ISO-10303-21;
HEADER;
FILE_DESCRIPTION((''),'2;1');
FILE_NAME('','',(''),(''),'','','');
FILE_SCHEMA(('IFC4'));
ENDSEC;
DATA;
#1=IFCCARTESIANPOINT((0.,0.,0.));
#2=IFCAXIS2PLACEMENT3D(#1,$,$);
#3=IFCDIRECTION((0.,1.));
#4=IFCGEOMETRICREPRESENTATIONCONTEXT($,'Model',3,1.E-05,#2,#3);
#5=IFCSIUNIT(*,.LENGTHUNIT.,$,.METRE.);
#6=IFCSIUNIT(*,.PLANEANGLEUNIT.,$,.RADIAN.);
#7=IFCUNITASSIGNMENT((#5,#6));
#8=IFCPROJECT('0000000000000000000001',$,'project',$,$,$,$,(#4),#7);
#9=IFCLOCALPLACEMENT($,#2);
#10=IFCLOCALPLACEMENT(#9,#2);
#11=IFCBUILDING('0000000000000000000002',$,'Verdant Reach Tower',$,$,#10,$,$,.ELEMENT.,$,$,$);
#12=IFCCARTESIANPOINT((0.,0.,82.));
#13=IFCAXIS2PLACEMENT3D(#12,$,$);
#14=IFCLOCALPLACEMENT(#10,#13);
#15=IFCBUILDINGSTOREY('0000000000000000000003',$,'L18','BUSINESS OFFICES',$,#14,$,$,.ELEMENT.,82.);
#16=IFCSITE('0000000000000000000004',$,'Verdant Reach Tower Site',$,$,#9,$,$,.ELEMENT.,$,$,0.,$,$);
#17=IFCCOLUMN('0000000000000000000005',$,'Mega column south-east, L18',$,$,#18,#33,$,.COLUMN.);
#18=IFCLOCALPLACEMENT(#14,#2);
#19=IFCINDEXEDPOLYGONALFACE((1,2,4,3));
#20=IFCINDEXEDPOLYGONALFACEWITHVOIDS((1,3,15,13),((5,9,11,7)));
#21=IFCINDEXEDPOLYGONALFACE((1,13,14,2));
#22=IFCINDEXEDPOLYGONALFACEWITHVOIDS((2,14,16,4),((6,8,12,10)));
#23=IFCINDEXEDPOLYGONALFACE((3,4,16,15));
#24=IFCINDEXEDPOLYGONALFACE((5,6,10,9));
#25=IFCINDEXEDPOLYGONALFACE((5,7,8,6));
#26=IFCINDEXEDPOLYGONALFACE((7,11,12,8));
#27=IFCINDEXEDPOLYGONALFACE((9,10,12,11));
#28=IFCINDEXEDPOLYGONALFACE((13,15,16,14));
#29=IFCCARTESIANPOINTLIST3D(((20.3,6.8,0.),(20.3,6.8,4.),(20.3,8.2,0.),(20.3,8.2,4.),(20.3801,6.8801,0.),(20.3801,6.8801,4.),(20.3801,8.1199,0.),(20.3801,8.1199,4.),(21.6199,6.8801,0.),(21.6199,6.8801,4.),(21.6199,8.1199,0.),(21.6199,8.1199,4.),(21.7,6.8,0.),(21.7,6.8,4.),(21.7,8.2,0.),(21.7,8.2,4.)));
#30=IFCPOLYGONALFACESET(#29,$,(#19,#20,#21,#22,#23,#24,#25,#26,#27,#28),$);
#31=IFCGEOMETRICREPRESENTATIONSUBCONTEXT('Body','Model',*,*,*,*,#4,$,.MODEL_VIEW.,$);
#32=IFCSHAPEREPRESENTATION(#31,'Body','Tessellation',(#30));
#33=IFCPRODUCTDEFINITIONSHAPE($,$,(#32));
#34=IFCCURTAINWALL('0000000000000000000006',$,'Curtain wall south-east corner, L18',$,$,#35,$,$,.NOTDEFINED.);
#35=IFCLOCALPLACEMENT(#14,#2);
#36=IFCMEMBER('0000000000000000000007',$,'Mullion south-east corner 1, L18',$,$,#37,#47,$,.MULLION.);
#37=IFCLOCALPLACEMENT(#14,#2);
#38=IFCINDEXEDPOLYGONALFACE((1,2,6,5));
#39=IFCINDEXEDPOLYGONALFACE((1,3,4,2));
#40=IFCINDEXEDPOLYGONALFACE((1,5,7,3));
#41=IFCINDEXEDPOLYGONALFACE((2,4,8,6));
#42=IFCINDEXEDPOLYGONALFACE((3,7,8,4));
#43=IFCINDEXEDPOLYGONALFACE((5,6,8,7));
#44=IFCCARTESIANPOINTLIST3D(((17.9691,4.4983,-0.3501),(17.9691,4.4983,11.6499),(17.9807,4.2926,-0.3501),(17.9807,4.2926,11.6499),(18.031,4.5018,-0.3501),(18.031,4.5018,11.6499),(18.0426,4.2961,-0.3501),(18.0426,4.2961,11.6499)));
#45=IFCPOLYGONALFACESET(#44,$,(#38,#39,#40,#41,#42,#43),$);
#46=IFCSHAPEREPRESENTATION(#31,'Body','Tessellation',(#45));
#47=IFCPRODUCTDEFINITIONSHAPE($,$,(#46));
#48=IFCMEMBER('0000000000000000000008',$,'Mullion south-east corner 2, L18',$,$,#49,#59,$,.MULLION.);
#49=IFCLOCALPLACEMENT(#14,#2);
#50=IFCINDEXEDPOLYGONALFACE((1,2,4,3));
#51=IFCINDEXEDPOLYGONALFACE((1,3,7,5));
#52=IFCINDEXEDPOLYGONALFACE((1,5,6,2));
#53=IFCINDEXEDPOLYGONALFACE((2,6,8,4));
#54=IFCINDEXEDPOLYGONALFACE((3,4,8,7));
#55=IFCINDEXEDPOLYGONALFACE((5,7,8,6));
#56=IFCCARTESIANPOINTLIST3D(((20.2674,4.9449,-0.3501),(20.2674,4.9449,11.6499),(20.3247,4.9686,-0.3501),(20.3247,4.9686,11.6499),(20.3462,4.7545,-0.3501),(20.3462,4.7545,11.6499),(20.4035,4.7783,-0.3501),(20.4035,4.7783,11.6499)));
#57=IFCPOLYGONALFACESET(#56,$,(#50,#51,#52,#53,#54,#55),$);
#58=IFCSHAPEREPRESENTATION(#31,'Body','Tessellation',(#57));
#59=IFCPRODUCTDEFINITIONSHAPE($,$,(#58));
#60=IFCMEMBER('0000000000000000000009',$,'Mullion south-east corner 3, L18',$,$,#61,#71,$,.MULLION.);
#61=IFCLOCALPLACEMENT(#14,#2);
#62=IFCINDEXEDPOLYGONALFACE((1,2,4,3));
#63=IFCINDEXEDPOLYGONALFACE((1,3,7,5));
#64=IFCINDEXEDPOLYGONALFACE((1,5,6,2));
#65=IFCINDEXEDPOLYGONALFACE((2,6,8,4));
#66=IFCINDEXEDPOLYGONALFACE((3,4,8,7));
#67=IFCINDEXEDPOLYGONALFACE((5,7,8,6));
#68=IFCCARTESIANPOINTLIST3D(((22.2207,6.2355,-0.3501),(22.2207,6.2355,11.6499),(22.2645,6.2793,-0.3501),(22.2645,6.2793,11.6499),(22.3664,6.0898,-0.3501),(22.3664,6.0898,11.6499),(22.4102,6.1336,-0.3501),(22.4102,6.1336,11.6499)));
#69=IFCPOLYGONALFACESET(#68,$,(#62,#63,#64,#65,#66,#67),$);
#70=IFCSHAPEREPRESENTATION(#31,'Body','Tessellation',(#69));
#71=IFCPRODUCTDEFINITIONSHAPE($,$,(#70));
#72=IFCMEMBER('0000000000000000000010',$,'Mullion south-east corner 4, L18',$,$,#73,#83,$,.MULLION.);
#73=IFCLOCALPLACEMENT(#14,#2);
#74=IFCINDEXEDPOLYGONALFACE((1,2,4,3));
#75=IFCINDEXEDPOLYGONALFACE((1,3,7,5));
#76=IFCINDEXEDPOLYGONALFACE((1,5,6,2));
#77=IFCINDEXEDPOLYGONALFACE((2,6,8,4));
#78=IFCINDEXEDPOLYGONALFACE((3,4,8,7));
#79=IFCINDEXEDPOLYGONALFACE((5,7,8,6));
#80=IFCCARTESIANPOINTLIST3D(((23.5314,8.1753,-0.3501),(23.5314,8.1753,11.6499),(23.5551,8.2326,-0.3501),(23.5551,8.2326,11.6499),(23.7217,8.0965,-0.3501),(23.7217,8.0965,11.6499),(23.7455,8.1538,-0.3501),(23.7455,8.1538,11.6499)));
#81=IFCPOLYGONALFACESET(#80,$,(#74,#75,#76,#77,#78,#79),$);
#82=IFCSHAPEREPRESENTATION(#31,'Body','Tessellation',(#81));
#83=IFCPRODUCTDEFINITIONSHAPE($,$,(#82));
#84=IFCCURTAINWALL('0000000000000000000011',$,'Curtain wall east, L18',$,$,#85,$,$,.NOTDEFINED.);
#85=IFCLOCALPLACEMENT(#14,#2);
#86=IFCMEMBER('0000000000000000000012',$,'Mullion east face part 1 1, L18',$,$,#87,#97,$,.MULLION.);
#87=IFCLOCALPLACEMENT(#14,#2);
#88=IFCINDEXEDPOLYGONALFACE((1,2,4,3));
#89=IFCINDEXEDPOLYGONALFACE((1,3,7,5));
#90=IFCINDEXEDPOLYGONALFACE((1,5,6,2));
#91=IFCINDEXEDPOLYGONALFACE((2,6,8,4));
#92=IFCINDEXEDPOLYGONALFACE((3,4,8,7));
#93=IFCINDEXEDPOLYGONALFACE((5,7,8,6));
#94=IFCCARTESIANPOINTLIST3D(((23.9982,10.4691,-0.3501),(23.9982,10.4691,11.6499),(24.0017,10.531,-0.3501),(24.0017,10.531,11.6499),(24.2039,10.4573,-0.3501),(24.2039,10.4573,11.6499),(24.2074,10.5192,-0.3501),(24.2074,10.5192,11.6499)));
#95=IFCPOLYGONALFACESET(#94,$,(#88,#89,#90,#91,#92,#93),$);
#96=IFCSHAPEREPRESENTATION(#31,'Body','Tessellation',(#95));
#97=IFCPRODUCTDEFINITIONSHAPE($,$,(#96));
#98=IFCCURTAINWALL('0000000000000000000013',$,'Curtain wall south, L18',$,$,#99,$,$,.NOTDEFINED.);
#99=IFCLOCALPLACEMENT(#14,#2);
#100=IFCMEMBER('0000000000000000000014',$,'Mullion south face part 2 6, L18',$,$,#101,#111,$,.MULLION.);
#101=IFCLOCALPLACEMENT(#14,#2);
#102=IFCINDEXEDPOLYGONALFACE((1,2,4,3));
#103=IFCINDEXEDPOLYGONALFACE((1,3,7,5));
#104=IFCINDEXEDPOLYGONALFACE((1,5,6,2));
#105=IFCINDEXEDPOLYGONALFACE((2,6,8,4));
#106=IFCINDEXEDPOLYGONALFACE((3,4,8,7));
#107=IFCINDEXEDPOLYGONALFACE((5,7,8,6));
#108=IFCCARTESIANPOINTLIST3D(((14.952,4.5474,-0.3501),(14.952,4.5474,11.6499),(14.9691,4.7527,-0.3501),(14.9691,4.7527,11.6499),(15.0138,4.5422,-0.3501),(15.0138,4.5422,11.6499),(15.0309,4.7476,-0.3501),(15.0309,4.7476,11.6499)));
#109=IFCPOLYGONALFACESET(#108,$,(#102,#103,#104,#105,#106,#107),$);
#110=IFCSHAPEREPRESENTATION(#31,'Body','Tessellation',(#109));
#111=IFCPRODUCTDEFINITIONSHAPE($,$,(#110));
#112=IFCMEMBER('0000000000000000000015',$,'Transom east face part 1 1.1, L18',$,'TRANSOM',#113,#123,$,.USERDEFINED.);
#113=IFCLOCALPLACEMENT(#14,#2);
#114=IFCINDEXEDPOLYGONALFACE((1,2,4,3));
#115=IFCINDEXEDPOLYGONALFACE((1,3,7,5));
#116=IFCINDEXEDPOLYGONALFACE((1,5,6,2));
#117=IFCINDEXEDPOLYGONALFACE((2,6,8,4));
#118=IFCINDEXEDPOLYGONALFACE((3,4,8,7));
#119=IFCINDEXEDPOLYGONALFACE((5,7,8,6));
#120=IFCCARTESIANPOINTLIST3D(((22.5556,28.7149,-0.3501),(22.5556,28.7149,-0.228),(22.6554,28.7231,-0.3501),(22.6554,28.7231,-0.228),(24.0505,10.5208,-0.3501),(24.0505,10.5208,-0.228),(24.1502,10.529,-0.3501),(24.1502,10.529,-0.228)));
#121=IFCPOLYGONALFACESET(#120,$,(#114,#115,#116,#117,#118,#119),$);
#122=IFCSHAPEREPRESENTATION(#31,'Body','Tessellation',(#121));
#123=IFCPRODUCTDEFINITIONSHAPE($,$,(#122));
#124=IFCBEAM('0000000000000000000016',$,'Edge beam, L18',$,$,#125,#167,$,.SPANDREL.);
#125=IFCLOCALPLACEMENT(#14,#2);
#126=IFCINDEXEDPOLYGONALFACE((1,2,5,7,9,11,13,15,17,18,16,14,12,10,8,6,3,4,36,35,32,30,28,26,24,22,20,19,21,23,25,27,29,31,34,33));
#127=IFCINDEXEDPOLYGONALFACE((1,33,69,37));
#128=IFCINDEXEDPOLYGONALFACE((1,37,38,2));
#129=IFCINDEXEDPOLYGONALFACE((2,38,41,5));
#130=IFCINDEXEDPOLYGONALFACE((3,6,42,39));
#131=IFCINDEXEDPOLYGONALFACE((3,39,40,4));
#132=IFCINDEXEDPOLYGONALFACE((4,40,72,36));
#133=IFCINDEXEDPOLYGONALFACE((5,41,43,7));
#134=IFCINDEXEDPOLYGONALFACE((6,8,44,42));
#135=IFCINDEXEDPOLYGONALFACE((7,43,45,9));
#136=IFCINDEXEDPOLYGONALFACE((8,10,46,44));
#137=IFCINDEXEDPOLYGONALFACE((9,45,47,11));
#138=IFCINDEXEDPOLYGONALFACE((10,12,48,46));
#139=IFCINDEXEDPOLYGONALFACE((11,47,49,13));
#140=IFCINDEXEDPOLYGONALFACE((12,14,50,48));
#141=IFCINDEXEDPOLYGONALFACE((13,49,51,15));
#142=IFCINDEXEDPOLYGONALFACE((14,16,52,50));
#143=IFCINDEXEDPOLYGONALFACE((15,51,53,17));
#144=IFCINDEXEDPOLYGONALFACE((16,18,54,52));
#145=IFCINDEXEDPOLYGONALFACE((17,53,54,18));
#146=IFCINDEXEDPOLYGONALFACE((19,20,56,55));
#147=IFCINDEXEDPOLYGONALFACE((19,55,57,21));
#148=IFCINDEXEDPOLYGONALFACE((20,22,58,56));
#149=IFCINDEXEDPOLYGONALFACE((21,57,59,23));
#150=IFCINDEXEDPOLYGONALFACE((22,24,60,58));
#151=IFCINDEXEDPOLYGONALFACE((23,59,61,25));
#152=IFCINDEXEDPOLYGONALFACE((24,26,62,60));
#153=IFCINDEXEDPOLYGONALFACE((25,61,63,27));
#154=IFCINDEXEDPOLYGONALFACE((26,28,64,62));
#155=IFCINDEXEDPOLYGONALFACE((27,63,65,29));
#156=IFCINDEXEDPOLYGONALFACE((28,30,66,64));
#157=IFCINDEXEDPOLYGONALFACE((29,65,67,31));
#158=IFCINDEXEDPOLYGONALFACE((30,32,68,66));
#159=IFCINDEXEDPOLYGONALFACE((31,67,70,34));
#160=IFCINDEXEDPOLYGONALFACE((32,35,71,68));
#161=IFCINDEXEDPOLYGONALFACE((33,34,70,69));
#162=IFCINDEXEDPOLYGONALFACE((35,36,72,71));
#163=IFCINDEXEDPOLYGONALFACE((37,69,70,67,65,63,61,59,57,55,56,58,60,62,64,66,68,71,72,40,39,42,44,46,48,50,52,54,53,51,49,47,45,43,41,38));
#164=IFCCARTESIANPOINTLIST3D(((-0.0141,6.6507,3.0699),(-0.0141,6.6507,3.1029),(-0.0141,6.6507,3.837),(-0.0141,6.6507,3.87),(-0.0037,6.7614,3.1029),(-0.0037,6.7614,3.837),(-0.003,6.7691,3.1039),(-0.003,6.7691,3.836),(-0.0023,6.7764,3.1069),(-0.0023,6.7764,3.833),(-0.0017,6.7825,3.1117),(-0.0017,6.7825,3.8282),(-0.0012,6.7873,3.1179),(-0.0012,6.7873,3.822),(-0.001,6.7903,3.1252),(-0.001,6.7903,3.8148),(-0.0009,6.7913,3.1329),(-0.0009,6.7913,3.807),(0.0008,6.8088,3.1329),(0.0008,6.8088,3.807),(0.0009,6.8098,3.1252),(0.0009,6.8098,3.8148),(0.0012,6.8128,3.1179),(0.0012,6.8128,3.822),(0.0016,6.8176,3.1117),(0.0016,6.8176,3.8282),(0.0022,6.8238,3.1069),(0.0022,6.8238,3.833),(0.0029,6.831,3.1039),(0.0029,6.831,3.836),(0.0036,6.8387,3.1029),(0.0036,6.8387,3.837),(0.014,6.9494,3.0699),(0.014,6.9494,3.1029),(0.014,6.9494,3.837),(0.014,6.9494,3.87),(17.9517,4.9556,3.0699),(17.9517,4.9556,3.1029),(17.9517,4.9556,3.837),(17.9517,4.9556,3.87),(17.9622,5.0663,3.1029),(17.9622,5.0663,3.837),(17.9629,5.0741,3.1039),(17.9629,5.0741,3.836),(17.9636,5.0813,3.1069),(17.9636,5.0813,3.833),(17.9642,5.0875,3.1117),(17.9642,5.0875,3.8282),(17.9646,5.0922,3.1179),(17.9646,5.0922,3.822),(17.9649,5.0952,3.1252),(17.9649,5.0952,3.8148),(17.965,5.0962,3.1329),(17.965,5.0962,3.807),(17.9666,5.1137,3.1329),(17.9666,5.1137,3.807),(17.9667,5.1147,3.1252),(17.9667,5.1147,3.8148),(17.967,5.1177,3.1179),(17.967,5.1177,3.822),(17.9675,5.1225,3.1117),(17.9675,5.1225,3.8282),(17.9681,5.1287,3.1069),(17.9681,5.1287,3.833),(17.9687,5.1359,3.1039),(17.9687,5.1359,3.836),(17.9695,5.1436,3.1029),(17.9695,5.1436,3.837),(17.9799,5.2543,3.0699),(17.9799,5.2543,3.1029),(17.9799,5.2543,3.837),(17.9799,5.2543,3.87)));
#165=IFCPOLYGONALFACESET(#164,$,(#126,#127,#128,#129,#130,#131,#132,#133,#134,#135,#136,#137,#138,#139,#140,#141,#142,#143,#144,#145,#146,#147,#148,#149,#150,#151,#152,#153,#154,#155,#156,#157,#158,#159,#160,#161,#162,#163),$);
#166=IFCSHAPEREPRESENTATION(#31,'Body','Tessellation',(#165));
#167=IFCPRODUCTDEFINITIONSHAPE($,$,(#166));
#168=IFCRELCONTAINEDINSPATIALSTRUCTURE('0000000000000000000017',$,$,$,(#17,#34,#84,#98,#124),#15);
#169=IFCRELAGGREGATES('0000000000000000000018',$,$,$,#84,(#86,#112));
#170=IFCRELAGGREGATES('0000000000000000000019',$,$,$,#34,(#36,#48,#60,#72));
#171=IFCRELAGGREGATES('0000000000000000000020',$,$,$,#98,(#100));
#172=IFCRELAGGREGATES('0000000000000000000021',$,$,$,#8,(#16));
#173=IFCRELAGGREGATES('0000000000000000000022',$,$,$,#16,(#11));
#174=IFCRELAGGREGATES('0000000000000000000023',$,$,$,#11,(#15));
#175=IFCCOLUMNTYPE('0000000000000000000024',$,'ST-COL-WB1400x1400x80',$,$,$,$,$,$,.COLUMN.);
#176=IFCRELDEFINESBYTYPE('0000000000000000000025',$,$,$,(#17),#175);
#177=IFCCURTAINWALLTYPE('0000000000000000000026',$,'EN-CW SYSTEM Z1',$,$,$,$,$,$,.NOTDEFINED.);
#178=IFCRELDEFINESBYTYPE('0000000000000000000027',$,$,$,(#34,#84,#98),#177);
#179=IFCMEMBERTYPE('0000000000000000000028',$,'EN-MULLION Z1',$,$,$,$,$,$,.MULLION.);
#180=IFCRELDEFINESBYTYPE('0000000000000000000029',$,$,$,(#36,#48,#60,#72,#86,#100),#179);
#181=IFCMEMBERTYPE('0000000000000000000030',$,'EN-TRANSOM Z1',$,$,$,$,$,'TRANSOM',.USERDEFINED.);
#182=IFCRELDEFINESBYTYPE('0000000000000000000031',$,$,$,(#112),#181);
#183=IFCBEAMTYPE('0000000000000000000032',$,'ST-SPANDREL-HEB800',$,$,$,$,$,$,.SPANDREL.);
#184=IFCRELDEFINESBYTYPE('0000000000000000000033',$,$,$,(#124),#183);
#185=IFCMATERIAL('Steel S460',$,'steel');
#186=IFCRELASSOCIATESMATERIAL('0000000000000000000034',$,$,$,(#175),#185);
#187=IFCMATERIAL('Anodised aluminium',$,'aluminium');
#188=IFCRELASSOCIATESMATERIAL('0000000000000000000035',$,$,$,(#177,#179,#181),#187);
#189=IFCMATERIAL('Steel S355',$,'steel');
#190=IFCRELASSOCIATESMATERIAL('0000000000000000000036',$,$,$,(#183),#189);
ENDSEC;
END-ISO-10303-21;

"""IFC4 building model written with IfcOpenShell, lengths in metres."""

from ifc_helpers import new_model, si_unit, direction, frame, origin, origin_2d, place, context, subcontext, project, spatial, rectangle, hollow_rectangle, i_section, extrude, material, material_profile, profile_set, type_object, element, aggregate, save


model = new_model("IFC4")

# Units and contexts
model_context = context("Model", 3, precision=1e-05, world=origin(), true_north=direction((0.0, 1.0)))
body_context = subcontext(model_context, "Body", "Model", "MODEL_VIEW")
ifc_project = project(units=[si_unit("LENGTHUNIT", "METRE"), si_unit("PLANEANGLEUNIT", "RADIAN")], contexts=[model_context])

# Site, building, storey
site_placement = place(None, origin())
site = spatial("IfcSite", under=ifc_project, at=site_placement, Name="Verdant Reach Tower Site", CompositionType="ELEMENT", RefElevation=0.0)
building_placement = place(site_placement, origin())
building = spatial("IfcBuilding", under=site, at=building_placement, Name="Verdant Reach Tower", CompositionType="ELEMENT")
storey_placement = place(building_placement, frame((0.0, 0.0, 82.0)))
storey = spatial("IfcBuildingStorey", under=building, at=storey_placement, Name="L18", Description="BUSINESS OFFICES", CompositionType="ELEMENT", Elevation=82.0)

# Column
ifc_material_1 = material(Name="Steel S460", Category="steel")
ifc_material_profile_1 = material_profile(ifc_material_1, hollow_rectangle(XDim=1.3999, YDim=1.3999, WallThickness=0.0801, at=origin_2d()), Name="WB 1400x1400x80")
ifc_profile_set_1 = profile_set([ifc_material_profile_1], Name="Steel S460")
column_type = type_object("IfcColumnType", Name="ST-COL-WB1400x1400x80", PredefinedType="COLUMN", material=ifc_profile_set_1)
column_placement = place(storey_placement, frame((21.0, 7.5, 0.0), z_axis=(0.0, 0.0, 1.0), x_axis=(1.0, 0.0, 0.0)))
element("IfcColumn", 1, at=column_placement, inside=storey, type_object=column_type, Name="Mega column south-east, L18", PredefinedType="COLUMN", context=body_context, shape_type="SweptSolid", body=[
    extrude(hollow_rectangle(XDim=1.3999, YDim=1.3999, WallThickness=0.0801, at=origin_2d()), origin(), (0.0, 0.0, 1.0), 4.0),
])

# Curtain wall, members
ifc_material_2 = material(Name="Anodised aluminium", Category="aluminium")
curtain_wall_type = type_object("IfcCurtainWallType", Name="EN-CW SYSTEM Z1", PredefinedType="NOTDEFINED", material=ifc_material_2)
curtain_wall_1_placement = place(storey_placement, origin())
curtain_wall_1 = element("IfcCurtainWall", 2, at=curtain_wall_1_placement, inside=storey, type_object=curtain_wall_type, Name="Curtain wall south-east corner, L18", PredefinedType="NOTDEFINED")
ifc_material_profile_2 = material_profile(ifc_material_2, rectangle(XDim=0.2061, YDim=0.062, at=origin_2d()), Name="Mullion 62x206")
ifc_profile_set_2 = profile_set([ifc_material_profile_2], Name="Anodised aluminium")
member_type_1 = type_object("IfcMemberType", Name="EN-MULLION Z1", PredefinedType="MULLION", material=ifc_profile_set_2)
member_1_placement = place(storey_placement, frame((18.0059, 4.3972, -0.3501), z_axis=(0.0, 0.0, 1.0), x_axis=(0.056569, -0.998399, 0.0)))
member_1 = element("IfcMember", 3, at=member_1_placement, type_object=member_type_1, Name="Mullion south-east corner 1, L18", PredefinedType="MULLION", context=body_context, shape_type="SweptSolid", body=[
    extrude(rectangle(XDim=0.2061, YDim=0.062, at=origin_2d()), origin(), (0.0, 0.0, 1.0), 12.0),
])
member_2_placement = place(storey_placement, frame((20.3354, 4.8616, -0.3501), z_axis=(0.0, 0.0, 1.0), x_axis=(0.382694, -0.923875, 0.0)))
member_2 = element("IfcMember", 4, at=member_2_placement, type_object=member_type_1, Name="Mullion south-east corner 2, L18", PredefinedType="MULLION", context=body_context, shape_type="SweptSolid", body=[
    extrude(rectangle(XDim=0.2061, YDim=0.062, at=origin_2d()), origin(), (0.0, 0.0, 1.0), 12.0),
])
member_3_placement = place(storey_placement, frame((22.3154, 6.1846, -0.3501), z_axis=(0.0, 0.0, 1.0), x_axis=(0.707107, -0.707107, 0.0)))
member_3 = element("IfcMember", 5, at=member_3_placement, type_object=member_type_1, Name="Mullion south-east corner 3, L18", PredefinedType="MULLION", context=body_context, shape_type="SweptSolid", body=[
    extrude(rectangle(XDim=0.2061, YDim=0.062, at=origin_2d()), origin(), (0.0, 0.0, 1.0), 12.0),
])
member_4_placement = place(storey_placement, frame((23.6384, 8.1646, -0.3501), z_axis=(0.0, 0.0, 1.0), x_axis=(0.923875, -0.382694, 0.0)))
member_4 = element("IfcMember", 6, at=member_4_placement, type_object=member_type_1, Name="Mullion south-east corner 4, L18", PredefinedType="MULLION", context=body_context, shape_type="SweptSolid", body=[
    extrude(rectangle(XDim=0.2061, YDim=0.062, at=origin_2d()), origin(), (0.0, 0.0, 1.0), 12.0),
])

# Curtain walls, members
curtain_wall_2_placement = place(storey_placement, origin())
curtain_wall_2 = element("IfcCurtainWall", 7, at=curtain_wall_2_placement, inside=storey, type_object=curtain_wall_type, Name="Curtain wall east, L18", PredefinedType="NOTDEFINED")
member_5_placement = place(storey_placement, frame((24.1028, 10.4941, -0.3501), z_axis=(0.0, 0.0, 1.0), x_axis=(0.998366, -0.057135, 0.0)))
member_5 = element("IfcMember", 8, at=member_5_placement, type_object=member_type_1, Name="Mullion east face part 1 1, L18", PredefinedType="MULLION", context=body_context, shape_type="SweptSolid", body=[
    extrude(rectangle(XDim=0.2061, YDim=0.062, at=origin_2d()), origin(), (0.0, 0.0, 1.0), 12.0),
])
curtain_wall_3_placement = place(storey_placement, origin())
curtain_wall_3 = element("IfcCurtainWall", 9, at=curtain_wall_3_placement, inside=storey, type_object=curtain_wall_type, Name="Curtain wall south, L18", PredefinedType="NOTDEFINED")
member_6_placement = place(storey_placement, frame((14.9915, 4.6475, -0.3501), z_axis=(0.0, 0.0, 1.0), x_axis=(-0.083045, -0.996546, 0.0)))
member_6 = element("IfcMember", 10, at=member_6_placement, type_object=member_type_1, Name="Mullion south face part 2 6, L18", PredefinedType="MULLION", context=body_context, shape_type="SweptSolid", body=[
    extrude(rectangle(XDim=0.2061, YDim=0.062, at=origin_2d()), origin(), (0.0, 0.0, 1.0), 12.0),
])

# Member
ifc_material_profile_3 = material_profile(ifc_material_2, rectangle(XDim=0.1001, YDim=0.1221, at=origin_2d()), Name="Transom 122x100")
ifc_profile_set_3 = profile_set([ifc_material_profile_3], Name="Anodised aluminium")
member_type_2 = type_object("IfcMemberType", Name="EN-TRANSOM Z1", ElementType="TRANSOM", PredefinedType="USERDEFINED", material=ifc_profile_set_3)
member_7_placement = place(storey_placement, frame((24.1003, 10.5249, -0.2891), z_axis=(-0.081887, 0.996642, 0.0), x_axis=(-0.996642, -0.081887, 0.0)))
member_7 = element("IfcMember", 11, at=member_7_placement, type_object=member_type_2, Name="Transom east face part 1 1.1, L18", ObjectType="TRANSOM", PredefinedType="USERDEFINED", context=body_context, shape_type="SweptSolid", body=[
    extrude(rectangle(XDim=0.1001, YDim=0.1221, at=origin_2d()), origin(), (0.0, 0.0, 1.0), 18.2554),
])

# Beam
ifc_material_3 = material(Name="Steel S355", Category="steel")
ifc_material_profile_4 = material_profile(ifc_material_3, i_section(OverallWidth=0.3, OverallDepth=0.8, WebThickness=0.0176, FlangeThickness=0.033, FilletRadius=0.03, at=origin_2d()), Name="HEB 800")
ifc_profile_set_4 = profile_set([ifc_material_profile_4], Name="Steel S355")
beam_type_1 = type_object("IfcBeamType", Name="ST-SPANDREL-HEB800", PredefinedType="SPANDREL", material=ifc_profile_set_4)
beam_1_placement = place(storey_placement, frame((17.9658, 5.105, 3.47), z_axis=(-0.995579, 0.093932, 0.0), x_axis=(-0.093932, -0.995579, 0.0)))
element("IfcBeam", 12, at=beam_1_placement, inside=storey, type_object=beam_type_1, Name="Edge beam, L18", PredefinedType="SPANDREL", context=body_context, shape_type="SweptSolid", body=[
    extrude(i_section(OverallWidth=0.3, OverallDepth=0.8, WebThickness=0.0176, FlangeThickness=0.033, FilletRadius=0.03, at=origin_2d()), origin(), (0.0, 0.0, 1.0), 18.0457),
])

aggregate(curtain_wall_2, [member_5, member_7])
aggregate(curtain_wall_1, [member_1, member_2, member_3, member_4])
aggregate(curtain_wall_3, [member_6])

save(model, "model.ifc")
